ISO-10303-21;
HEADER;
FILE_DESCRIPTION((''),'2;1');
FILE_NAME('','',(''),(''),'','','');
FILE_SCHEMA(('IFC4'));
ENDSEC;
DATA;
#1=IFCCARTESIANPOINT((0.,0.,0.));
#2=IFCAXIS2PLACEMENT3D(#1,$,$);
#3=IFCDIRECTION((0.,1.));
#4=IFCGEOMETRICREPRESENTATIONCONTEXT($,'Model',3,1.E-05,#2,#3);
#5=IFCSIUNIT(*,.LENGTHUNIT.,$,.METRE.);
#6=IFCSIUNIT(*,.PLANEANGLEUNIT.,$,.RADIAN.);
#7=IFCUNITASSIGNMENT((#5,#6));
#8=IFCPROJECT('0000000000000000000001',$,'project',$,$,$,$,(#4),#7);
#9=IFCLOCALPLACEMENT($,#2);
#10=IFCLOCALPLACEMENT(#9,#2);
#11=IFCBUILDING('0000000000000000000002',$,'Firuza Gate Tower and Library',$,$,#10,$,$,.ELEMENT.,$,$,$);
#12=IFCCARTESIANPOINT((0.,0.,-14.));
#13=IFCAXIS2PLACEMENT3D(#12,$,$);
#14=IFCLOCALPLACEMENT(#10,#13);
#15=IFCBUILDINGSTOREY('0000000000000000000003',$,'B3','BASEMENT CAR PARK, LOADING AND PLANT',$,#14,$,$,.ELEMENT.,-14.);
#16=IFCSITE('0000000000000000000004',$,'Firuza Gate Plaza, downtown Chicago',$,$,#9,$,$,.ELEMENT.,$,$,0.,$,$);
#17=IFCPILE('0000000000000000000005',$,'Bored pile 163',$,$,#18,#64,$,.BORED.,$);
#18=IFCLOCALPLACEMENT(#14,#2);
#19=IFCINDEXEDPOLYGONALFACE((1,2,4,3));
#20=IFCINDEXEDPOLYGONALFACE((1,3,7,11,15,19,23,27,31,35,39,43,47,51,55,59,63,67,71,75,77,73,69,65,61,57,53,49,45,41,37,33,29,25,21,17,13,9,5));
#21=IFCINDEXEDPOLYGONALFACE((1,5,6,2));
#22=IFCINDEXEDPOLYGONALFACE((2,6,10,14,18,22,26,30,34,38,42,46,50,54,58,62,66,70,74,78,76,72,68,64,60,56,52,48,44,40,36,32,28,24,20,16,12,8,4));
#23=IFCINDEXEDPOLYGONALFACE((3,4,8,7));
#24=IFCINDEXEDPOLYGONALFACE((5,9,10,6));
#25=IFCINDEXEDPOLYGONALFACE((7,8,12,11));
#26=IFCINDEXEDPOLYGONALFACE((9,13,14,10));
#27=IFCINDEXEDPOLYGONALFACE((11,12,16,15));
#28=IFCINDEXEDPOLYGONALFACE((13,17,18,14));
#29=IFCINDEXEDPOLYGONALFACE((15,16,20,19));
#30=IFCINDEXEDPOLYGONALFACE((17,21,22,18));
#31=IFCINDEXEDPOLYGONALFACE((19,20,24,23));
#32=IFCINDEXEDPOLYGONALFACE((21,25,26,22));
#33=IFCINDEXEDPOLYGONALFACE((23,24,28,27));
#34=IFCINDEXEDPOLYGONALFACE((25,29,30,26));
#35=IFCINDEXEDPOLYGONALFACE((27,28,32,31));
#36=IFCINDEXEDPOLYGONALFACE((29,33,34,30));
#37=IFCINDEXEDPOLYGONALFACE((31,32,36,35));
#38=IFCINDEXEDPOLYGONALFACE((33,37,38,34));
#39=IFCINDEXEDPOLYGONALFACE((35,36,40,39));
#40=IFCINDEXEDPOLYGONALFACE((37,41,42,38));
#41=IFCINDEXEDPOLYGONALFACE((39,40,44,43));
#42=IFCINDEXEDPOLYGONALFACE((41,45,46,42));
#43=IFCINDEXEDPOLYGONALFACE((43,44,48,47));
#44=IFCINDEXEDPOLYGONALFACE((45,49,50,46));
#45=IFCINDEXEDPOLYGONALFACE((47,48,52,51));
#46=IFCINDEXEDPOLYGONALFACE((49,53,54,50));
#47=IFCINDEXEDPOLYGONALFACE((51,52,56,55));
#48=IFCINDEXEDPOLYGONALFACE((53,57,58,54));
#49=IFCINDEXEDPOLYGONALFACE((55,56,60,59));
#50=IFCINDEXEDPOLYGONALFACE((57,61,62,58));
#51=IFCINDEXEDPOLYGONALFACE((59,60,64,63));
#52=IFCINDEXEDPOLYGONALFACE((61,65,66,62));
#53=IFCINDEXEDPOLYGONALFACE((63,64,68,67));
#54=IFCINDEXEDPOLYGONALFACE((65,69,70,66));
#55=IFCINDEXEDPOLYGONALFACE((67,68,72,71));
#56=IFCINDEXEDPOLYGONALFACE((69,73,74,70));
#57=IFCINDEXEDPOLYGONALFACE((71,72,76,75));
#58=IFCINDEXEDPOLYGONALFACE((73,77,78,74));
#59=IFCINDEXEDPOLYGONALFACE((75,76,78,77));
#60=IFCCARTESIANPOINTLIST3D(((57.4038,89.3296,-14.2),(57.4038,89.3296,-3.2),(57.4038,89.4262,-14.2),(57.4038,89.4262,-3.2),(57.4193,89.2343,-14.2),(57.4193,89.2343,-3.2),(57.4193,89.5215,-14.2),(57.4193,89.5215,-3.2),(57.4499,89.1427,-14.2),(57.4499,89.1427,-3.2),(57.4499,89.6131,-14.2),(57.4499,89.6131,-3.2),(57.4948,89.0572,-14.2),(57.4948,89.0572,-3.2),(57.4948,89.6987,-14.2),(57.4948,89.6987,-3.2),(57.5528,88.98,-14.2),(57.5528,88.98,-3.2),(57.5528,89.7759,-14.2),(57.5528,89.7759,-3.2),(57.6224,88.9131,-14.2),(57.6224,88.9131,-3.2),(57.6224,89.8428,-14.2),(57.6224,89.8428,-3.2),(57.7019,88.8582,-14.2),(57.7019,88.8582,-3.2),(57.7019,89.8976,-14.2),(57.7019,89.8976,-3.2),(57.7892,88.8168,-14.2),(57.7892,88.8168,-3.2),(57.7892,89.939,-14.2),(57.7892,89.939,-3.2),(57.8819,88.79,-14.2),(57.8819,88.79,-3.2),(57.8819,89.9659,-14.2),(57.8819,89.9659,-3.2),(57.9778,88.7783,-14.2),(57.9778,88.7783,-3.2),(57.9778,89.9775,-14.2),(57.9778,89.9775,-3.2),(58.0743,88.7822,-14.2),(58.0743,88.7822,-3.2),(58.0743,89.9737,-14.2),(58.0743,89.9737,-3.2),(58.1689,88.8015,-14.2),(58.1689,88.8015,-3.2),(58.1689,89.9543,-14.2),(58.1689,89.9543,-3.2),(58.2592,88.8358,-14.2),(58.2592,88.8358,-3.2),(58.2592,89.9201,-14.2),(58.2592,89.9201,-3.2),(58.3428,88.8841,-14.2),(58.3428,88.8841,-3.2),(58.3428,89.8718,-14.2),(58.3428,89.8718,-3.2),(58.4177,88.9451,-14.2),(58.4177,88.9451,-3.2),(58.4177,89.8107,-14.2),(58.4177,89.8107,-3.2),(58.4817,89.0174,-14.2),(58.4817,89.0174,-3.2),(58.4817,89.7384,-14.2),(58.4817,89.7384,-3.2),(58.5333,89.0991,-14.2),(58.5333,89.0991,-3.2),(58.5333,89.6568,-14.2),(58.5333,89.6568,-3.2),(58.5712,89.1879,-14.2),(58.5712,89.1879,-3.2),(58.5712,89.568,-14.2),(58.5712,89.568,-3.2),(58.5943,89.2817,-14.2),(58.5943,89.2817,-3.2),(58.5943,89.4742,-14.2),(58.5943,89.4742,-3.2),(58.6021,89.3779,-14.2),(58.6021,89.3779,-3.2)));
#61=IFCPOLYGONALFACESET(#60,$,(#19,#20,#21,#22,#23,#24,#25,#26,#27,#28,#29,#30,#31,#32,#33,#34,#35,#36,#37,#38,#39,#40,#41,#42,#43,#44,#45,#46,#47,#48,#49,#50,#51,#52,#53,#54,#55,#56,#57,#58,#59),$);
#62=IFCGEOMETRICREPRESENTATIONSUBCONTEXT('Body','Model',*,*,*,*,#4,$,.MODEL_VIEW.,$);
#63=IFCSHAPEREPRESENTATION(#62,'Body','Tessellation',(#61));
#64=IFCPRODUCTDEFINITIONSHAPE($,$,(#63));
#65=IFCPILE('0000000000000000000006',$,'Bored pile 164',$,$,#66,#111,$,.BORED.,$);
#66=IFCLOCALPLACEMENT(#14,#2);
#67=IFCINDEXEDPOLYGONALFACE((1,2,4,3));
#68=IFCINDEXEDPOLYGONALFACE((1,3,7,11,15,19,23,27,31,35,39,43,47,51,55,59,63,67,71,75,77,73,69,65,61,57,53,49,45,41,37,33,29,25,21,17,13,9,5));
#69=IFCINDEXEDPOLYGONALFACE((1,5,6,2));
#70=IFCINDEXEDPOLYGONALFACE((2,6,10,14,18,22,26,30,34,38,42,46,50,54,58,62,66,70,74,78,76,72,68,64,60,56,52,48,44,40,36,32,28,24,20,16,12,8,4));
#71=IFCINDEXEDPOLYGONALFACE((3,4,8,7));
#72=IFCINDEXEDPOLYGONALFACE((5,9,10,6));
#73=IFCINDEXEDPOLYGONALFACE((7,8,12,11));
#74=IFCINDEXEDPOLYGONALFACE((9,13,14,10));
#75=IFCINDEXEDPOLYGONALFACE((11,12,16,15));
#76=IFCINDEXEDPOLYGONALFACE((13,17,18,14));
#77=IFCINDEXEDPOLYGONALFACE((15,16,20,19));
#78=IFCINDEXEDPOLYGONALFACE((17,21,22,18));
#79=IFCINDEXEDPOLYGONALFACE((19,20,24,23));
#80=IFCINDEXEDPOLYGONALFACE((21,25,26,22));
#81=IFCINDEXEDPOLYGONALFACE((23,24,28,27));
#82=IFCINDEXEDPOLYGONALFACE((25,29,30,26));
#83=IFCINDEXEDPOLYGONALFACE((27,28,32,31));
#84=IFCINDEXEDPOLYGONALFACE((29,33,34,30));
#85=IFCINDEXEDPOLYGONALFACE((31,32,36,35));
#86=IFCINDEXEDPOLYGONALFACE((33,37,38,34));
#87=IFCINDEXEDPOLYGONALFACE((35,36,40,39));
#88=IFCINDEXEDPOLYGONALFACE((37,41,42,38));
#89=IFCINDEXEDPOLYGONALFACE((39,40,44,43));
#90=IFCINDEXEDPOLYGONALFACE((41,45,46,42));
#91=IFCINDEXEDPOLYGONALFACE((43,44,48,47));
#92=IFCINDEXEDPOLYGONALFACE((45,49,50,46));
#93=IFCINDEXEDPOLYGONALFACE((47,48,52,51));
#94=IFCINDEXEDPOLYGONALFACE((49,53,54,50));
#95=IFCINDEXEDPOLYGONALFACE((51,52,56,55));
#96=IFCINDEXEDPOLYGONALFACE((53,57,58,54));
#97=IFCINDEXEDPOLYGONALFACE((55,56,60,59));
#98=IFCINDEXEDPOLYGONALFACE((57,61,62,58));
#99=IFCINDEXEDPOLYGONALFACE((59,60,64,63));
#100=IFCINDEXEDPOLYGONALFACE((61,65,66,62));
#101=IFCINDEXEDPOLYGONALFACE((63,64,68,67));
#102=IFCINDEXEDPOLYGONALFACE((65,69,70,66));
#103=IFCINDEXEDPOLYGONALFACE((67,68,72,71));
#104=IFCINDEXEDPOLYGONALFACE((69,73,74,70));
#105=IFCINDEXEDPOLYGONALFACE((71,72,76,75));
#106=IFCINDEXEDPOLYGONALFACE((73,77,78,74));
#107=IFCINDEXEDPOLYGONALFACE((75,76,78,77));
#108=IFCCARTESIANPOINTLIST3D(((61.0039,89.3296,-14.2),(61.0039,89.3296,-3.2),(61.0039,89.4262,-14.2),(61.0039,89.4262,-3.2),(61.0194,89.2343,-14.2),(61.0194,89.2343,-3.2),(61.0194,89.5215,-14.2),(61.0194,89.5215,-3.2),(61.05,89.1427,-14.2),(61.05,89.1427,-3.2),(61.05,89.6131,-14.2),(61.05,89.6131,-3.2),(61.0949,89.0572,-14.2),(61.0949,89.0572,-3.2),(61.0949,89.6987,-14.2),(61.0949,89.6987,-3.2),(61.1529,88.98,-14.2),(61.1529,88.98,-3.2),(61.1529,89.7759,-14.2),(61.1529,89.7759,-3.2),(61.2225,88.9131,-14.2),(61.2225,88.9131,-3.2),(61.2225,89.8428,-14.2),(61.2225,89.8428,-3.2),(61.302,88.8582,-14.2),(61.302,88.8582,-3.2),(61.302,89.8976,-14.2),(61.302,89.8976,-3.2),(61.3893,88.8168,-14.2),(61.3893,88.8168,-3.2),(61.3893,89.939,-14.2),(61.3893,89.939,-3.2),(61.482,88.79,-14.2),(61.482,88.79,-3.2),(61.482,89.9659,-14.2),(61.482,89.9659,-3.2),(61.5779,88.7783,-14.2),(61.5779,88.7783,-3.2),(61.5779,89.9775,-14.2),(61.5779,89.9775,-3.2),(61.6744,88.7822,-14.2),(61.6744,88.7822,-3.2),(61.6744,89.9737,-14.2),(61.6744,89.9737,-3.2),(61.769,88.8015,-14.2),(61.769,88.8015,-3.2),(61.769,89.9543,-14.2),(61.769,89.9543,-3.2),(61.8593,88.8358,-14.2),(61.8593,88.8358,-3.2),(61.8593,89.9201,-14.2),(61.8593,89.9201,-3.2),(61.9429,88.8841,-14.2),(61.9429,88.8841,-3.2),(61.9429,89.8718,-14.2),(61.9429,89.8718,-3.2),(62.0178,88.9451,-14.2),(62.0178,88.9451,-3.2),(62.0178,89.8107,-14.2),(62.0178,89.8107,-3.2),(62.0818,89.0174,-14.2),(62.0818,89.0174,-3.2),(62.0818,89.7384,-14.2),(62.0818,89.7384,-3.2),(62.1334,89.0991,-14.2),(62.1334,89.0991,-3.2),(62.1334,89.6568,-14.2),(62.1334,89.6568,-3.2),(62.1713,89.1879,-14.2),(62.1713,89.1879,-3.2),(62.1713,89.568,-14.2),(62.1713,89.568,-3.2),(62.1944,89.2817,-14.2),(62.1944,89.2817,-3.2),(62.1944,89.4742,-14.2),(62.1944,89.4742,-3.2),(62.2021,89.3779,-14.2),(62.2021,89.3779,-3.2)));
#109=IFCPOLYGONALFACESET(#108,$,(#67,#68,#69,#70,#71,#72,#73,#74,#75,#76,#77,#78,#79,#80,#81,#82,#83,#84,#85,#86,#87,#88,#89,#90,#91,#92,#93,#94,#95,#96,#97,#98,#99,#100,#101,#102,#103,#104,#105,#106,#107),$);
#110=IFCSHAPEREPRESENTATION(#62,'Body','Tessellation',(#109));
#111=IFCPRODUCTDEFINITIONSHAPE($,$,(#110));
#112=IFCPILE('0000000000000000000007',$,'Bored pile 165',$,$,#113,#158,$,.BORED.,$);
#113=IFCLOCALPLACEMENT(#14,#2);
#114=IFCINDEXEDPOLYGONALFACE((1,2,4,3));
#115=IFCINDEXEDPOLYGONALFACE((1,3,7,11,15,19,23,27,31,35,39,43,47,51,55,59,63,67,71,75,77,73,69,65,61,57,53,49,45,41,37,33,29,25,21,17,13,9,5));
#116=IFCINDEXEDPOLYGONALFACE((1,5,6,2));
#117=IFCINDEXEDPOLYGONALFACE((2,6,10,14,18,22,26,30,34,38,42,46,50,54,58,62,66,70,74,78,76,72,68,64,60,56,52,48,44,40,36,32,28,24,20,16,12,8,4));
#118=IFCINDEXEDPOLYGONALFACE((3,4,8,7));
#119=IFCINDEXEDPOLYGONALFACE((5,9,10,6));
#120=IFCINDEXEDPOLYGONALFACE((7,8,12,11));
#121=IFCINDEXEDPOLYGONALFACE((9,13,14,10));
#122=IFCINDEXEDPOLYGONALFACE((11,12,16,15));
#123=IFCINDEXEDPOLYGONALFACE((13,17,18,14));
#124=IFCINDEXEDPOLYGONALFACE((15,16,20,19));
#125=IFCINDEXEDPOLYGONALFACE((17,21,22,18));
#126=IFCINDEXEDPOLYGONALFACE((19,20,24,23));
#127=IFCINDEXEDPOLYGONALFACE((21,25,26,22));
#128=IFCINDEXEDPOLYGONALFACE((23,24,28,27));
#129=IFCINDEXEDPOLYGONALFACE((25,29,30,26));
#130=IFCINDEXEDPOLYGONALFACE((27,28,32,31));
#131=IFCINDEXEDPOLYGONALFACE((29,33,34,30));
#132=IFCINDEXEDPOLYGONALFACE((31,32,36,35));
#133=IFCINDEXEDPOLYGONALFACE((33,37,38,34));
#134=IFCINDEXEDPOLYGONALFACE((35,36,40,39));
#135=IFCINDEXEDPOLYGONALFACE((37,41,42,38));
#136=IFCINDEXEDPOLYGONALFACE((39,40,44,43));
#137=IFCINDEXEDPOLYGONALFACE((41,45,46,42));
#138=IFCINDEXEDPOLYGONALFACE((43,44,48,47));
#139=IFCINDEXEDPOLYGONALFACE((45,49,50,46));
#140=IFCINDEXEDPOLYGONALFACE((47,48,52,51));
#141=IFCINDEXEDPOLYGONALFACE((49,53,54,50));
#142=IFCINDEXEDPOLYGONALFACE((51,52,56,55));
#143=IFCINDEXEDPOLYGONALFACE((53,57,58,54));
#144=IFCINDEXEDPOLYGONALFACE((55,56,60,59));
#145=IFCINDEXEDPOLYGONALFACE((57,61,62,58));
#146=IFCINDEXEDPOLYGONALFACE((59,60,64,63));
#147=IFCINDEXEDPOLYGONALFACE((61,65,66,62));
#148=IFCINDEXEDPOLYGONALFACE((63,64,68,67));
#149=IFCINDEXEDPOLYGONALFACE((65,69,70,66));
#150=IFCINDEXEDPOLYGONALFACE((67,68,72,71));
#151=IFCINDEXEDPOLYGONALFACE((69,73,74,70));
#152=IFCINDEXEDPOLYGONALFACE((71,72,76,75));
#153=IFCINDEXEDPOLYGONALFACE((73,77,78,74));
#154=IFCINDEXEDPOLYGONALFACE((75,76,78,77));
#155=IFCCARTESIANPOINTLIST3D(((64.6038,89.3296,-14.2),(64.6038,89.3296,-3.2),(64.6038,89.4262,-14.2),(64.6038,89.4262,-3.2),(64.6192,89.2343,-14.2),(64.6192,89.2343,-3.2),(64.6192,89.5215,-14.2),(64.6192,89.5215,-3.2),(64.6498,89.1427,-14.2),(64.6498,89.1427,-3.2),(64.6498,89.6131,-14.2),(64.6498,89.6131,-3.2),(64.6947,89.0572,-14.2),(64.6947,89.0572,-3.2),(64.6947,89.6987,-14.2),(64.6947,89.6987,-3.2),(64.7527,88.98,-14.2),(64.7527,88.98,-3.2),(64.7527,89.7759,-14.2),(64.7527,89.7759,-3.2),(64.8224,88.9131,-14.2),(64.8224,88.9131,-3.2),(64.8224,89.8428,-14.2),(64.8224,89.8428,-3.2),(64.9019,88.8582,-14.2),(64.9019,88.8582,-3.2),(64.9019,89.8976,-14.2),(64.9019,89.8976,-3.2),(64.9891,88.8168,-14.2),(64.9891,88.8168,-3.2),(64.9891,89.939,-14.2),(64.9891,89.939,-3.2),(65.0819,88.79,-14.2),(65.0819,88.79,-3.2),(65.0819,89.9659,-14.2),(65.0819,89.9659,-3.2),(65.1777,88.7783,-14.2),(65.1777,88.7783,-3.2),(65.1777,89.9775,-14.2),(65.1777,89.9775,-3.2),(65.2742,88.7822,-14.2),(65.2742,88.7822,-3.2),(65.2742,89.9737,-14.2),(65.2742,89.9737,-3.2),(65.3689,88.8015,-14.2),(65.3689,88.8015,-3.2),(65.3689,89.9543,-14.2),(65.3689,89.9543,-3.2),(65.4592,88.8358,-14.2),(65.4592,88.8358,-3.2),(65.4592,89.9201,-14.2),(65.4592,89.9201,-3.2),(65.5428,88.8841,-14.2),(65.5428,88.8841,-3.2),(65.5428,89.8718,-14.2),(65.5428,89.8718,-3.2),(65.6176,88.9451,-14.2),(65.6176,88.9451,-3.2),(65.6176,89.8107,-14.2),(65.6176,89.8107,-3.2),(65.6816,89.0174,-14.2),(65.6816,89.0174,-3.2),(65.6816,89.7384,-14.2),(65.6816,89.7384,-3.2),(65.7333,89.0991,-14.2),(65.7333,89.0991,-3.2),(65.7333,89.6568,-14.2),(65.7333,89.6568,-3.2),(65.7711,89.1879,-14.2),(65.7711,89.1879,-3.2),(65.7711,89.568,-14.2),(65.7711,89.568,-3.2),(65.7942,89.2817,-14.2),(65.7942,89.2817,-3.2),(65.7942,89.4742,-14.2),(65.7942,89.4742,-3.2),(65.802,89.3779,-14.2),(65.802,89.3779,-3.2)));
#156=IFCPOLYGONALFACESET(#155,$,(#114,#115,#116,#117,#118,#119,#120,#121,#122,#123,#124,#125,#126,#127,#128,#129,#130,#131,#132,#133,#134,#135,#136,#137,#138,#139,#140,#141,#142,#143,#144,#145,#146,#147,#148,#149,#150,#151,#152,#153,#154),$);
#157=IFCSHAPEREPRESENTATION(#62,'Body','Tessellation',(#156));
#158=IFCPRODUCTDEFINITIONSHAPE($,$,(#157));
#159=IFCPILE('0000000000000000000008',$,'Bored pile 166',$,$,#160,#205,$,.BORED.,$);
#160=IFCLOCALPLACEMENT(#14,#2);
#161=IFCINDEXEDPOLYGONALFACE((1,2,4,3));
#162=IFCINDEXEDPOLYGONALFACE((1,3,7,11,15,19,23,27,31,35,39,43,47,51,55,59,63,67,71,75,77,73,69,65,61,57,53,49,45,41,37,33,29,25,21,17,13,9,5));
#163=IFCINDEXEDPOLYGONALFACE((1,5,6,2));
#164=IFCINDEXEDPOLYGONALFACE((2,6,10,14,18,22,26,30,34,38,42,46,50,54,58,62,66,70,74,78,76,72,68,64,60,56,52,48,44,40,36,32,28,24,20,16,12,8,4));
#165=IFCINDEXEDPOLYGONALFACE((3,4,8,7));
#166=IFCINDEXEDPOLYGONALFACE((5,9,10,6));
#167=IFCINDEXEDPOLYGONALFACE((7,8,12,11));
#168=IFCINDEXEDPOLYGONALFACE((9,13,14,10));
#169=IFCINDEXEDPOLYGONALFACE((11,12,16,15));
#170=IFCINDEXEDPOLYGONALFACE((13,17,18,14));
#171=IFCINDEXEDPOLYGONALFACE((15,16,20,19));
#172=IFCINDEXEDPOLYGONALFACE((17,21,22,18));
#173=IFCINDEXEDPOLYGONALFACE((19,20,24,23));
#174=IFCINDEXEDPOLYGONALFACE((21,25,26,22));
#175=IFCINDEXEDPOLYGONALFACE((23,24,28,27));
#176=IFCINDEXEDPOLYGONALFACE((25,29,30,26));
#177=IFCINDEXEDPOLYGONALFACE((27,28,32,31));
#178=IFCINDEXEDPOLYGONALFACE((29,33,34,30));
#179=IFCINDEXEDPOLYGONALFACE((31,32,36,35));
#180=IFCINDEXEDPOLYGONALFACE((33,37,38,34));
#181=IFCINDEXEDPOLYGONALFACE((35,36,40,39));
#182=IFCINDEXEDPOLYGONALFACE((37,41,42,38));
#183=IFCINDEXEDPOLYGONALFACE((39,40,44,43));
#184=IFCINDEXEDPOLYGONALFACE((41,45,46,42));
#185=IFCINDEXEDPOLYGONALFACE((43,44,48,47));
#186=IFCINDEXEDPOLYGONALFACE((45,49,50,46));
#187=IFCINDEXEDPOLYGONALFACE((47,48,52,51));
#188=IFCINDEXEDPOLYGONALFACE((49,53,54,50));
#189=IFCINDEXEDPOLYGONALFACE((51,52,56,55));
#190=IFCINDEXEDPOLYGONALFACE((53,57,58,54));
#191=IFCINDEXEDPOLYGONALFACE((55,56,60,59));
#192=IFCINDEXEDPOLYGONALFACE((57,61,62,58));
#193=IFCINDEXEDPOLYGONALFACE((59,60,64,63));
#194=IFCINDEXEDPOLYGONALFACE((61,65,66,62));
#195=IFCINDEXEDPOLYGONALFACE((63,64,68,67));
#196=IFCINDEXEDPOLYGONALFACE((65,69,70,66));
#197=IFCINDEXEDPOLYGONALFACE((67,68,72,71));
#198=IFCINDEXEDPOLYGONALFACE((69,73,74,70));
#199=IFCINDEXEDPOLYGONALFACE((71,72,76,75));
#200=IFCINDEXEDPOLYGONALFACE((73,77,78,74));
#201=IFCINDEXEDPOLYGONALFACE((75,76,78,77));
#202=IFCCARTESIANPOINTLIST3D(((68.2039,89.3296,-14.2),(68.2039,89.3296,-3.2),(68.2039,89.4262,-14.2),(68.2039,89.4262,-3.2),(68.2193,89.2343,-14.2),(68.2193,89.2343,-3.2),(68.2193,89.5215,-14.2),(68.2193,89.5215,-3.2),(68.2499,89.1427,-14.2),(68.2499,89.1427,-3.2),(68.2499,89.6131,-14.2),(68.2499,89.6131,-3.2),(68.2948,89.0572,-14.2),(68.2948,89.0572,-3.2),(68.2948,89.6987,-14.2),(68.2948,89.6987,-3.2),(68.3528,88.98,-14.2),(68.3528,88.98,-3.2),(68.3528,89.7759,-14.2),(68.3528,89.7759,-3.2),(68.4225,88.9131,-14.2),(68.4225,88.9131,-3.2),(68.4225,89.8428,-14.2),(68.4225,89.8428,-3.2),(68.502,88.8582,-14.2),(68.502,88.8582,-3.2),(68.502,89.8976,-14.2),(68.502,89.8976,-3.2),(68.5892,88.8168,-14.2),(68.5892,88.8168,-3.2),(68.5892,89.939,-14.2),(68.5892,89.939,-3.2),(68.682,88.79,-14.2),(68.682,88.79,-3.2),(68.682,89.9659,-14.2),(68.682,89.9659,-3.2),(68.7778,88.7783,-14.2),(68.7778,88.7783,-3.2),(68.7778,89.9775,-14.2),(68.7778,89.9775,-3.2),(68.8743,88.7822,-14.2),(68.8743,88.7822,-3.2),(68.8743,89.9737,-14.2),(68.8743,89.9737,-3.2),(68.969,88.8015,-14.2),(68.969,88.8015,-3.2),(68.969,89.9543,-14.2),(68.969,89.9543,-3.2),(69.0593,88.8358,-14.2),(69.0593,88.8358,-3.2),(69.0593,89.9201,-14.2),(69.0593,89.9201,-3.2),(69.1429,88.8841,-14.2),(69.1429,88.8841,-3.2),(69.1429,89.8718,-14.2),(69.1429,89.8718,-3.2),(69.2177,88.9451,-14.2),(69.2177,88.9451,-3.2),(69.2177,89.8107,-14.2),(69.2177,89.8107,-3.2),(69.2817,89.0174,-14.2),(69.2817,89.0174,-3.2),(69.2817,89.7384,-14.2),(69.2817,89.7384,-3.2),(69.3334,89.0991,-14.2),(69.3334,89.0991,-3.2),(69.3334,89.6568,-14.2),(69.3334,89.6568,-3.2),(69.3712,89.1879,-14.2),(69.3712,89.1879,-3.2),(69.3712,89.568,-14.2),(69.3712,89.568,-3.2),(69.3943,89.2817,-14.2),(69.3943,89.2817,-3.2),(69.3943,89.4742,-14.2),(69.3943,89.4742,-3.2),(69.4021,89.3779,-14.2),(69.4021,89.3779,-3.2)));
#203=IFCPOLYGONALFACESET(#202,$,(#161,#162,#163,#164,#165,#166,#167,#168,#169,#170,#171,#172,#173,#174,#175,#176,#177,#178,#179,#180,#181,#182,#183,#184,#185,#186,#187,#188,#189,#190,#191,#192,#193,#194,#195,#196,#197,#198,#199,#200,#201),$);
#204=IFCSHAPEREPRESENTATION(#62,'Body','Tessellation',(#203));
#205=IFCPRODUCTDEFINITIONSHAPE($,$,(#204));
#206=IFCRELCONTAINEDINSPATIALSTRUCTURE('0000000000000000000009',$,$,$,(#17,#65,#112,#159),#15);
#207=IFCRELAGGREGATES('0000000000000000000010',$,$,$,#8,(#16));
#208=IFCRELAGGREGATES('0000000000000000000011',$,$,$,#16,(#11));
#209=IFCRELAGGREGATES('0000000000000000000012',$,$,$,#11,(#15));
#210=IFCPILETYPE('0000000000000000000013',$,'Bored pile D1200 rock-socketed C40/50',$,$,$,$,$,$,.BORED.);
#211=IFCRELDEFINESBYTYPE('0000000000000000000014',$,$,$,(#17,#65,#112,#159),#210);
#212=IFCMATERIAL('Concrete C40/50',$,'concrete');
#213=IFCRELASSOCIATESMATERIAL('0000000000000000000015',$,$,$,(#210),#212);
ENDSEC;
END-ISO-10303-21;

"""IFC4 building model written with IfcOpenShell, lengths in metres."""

from ifc_helpers import new_model, si_unit, direction, frame, origin, origin_2d, place, context, subcontext, project, spatial, circle, extrude, material, material_profile, profile_set, type_object, element, save


model = new_model("IFC4")

# Units and contexts
model_context = context("Model", 3, precision=1e-05, world=origin(), true_north=direction((0.0, 1.0)))
body_context = subcontext(model_context, "Body", "Model", "MODEL_VIEW")
ifc_project = project(units=[si_unit("LENGTHUNIT", "METRE"), si_unit("PLANEANGLEUNIT", "RADIAN")], contexts=[model_context])

# Site, building, storey
site_placement = place(None, origin())
site = spatial("IfcSite", under=ifc_project, at=site_placement, Name="Firuza Gate Plaza, downtown Chicago", CompositionType="ELEMENT", RefElevation=0.0)
building_placement = place(site_placement, origin())
building = spatial("IfcBuilding", under=site, at=building_placement, Name="Firuza Gate Tower and Library", CompositionType="ELEMENT")
storey_placement = place(building_placement, frame((0.0, 0.0, -14.0)))
storey = spatial("IfcBuildingStorey", under=building, at=storey_placement, Name="B3", Description="BASEMENT CAR PARK, LOADING AND PLANT", CompositionType="ELEMENT", Elevation=-14.0)

# Piles
ifc_material_1 = material(Name="Concrete C40/50", Category="concrete")
ifc_material_profile_1 = material_profile(ifc_material_1, circle(Radius=0.6001, at=origin_2d()))
ifc_profile_set_1 = profile_set([ifc_material_profile_1], Name="Concrete C40/50")
pile_type = type_object("IfcPileType", Name="Bored pile D1200 rock-socketed C40/50", PredefinedType="BORED", material=ifc_profile_set_1)
for number, where, z_axis, x_axis, name in (
    (1, (58.002, 89.3779, -3.2), (0.0, 0.0, -1.0), (1.0, 0.0, 0.0), "Bored pile 163"),
    (2, (61.6021, 89.3779, -3.2), (0.0, 0.0, -1.0), (1.0, 0.0, 0.0), "Bored pile 164"),
    (3, (65.2019, 89.3779, -3.2), (0.0, 0.0, -1.0), (1.0, 0.0, 0.0), "Bored pile 165"),
    (4, (68.802, 89.3779, -3.2), (0.0, 0.0, -1.0), (1.0, 0.0, 0.0), "Bored pile 166"),
):
    element("IfcPile", number, at=place(storey_placement, frame(where, z_axis=z_axis, x_axis=x_axis)), inside=storey, type_object=pile_type, Name=name, PredefinedType="BORED", context=body_context, shape_type="SweptSolid", body=[
        extrude(circle(Radius=0.6001, at=origin_2d()), origin(), (0.0, 0.0, 1.0), 11.0),
    ])

save(model, "model.ifc")
